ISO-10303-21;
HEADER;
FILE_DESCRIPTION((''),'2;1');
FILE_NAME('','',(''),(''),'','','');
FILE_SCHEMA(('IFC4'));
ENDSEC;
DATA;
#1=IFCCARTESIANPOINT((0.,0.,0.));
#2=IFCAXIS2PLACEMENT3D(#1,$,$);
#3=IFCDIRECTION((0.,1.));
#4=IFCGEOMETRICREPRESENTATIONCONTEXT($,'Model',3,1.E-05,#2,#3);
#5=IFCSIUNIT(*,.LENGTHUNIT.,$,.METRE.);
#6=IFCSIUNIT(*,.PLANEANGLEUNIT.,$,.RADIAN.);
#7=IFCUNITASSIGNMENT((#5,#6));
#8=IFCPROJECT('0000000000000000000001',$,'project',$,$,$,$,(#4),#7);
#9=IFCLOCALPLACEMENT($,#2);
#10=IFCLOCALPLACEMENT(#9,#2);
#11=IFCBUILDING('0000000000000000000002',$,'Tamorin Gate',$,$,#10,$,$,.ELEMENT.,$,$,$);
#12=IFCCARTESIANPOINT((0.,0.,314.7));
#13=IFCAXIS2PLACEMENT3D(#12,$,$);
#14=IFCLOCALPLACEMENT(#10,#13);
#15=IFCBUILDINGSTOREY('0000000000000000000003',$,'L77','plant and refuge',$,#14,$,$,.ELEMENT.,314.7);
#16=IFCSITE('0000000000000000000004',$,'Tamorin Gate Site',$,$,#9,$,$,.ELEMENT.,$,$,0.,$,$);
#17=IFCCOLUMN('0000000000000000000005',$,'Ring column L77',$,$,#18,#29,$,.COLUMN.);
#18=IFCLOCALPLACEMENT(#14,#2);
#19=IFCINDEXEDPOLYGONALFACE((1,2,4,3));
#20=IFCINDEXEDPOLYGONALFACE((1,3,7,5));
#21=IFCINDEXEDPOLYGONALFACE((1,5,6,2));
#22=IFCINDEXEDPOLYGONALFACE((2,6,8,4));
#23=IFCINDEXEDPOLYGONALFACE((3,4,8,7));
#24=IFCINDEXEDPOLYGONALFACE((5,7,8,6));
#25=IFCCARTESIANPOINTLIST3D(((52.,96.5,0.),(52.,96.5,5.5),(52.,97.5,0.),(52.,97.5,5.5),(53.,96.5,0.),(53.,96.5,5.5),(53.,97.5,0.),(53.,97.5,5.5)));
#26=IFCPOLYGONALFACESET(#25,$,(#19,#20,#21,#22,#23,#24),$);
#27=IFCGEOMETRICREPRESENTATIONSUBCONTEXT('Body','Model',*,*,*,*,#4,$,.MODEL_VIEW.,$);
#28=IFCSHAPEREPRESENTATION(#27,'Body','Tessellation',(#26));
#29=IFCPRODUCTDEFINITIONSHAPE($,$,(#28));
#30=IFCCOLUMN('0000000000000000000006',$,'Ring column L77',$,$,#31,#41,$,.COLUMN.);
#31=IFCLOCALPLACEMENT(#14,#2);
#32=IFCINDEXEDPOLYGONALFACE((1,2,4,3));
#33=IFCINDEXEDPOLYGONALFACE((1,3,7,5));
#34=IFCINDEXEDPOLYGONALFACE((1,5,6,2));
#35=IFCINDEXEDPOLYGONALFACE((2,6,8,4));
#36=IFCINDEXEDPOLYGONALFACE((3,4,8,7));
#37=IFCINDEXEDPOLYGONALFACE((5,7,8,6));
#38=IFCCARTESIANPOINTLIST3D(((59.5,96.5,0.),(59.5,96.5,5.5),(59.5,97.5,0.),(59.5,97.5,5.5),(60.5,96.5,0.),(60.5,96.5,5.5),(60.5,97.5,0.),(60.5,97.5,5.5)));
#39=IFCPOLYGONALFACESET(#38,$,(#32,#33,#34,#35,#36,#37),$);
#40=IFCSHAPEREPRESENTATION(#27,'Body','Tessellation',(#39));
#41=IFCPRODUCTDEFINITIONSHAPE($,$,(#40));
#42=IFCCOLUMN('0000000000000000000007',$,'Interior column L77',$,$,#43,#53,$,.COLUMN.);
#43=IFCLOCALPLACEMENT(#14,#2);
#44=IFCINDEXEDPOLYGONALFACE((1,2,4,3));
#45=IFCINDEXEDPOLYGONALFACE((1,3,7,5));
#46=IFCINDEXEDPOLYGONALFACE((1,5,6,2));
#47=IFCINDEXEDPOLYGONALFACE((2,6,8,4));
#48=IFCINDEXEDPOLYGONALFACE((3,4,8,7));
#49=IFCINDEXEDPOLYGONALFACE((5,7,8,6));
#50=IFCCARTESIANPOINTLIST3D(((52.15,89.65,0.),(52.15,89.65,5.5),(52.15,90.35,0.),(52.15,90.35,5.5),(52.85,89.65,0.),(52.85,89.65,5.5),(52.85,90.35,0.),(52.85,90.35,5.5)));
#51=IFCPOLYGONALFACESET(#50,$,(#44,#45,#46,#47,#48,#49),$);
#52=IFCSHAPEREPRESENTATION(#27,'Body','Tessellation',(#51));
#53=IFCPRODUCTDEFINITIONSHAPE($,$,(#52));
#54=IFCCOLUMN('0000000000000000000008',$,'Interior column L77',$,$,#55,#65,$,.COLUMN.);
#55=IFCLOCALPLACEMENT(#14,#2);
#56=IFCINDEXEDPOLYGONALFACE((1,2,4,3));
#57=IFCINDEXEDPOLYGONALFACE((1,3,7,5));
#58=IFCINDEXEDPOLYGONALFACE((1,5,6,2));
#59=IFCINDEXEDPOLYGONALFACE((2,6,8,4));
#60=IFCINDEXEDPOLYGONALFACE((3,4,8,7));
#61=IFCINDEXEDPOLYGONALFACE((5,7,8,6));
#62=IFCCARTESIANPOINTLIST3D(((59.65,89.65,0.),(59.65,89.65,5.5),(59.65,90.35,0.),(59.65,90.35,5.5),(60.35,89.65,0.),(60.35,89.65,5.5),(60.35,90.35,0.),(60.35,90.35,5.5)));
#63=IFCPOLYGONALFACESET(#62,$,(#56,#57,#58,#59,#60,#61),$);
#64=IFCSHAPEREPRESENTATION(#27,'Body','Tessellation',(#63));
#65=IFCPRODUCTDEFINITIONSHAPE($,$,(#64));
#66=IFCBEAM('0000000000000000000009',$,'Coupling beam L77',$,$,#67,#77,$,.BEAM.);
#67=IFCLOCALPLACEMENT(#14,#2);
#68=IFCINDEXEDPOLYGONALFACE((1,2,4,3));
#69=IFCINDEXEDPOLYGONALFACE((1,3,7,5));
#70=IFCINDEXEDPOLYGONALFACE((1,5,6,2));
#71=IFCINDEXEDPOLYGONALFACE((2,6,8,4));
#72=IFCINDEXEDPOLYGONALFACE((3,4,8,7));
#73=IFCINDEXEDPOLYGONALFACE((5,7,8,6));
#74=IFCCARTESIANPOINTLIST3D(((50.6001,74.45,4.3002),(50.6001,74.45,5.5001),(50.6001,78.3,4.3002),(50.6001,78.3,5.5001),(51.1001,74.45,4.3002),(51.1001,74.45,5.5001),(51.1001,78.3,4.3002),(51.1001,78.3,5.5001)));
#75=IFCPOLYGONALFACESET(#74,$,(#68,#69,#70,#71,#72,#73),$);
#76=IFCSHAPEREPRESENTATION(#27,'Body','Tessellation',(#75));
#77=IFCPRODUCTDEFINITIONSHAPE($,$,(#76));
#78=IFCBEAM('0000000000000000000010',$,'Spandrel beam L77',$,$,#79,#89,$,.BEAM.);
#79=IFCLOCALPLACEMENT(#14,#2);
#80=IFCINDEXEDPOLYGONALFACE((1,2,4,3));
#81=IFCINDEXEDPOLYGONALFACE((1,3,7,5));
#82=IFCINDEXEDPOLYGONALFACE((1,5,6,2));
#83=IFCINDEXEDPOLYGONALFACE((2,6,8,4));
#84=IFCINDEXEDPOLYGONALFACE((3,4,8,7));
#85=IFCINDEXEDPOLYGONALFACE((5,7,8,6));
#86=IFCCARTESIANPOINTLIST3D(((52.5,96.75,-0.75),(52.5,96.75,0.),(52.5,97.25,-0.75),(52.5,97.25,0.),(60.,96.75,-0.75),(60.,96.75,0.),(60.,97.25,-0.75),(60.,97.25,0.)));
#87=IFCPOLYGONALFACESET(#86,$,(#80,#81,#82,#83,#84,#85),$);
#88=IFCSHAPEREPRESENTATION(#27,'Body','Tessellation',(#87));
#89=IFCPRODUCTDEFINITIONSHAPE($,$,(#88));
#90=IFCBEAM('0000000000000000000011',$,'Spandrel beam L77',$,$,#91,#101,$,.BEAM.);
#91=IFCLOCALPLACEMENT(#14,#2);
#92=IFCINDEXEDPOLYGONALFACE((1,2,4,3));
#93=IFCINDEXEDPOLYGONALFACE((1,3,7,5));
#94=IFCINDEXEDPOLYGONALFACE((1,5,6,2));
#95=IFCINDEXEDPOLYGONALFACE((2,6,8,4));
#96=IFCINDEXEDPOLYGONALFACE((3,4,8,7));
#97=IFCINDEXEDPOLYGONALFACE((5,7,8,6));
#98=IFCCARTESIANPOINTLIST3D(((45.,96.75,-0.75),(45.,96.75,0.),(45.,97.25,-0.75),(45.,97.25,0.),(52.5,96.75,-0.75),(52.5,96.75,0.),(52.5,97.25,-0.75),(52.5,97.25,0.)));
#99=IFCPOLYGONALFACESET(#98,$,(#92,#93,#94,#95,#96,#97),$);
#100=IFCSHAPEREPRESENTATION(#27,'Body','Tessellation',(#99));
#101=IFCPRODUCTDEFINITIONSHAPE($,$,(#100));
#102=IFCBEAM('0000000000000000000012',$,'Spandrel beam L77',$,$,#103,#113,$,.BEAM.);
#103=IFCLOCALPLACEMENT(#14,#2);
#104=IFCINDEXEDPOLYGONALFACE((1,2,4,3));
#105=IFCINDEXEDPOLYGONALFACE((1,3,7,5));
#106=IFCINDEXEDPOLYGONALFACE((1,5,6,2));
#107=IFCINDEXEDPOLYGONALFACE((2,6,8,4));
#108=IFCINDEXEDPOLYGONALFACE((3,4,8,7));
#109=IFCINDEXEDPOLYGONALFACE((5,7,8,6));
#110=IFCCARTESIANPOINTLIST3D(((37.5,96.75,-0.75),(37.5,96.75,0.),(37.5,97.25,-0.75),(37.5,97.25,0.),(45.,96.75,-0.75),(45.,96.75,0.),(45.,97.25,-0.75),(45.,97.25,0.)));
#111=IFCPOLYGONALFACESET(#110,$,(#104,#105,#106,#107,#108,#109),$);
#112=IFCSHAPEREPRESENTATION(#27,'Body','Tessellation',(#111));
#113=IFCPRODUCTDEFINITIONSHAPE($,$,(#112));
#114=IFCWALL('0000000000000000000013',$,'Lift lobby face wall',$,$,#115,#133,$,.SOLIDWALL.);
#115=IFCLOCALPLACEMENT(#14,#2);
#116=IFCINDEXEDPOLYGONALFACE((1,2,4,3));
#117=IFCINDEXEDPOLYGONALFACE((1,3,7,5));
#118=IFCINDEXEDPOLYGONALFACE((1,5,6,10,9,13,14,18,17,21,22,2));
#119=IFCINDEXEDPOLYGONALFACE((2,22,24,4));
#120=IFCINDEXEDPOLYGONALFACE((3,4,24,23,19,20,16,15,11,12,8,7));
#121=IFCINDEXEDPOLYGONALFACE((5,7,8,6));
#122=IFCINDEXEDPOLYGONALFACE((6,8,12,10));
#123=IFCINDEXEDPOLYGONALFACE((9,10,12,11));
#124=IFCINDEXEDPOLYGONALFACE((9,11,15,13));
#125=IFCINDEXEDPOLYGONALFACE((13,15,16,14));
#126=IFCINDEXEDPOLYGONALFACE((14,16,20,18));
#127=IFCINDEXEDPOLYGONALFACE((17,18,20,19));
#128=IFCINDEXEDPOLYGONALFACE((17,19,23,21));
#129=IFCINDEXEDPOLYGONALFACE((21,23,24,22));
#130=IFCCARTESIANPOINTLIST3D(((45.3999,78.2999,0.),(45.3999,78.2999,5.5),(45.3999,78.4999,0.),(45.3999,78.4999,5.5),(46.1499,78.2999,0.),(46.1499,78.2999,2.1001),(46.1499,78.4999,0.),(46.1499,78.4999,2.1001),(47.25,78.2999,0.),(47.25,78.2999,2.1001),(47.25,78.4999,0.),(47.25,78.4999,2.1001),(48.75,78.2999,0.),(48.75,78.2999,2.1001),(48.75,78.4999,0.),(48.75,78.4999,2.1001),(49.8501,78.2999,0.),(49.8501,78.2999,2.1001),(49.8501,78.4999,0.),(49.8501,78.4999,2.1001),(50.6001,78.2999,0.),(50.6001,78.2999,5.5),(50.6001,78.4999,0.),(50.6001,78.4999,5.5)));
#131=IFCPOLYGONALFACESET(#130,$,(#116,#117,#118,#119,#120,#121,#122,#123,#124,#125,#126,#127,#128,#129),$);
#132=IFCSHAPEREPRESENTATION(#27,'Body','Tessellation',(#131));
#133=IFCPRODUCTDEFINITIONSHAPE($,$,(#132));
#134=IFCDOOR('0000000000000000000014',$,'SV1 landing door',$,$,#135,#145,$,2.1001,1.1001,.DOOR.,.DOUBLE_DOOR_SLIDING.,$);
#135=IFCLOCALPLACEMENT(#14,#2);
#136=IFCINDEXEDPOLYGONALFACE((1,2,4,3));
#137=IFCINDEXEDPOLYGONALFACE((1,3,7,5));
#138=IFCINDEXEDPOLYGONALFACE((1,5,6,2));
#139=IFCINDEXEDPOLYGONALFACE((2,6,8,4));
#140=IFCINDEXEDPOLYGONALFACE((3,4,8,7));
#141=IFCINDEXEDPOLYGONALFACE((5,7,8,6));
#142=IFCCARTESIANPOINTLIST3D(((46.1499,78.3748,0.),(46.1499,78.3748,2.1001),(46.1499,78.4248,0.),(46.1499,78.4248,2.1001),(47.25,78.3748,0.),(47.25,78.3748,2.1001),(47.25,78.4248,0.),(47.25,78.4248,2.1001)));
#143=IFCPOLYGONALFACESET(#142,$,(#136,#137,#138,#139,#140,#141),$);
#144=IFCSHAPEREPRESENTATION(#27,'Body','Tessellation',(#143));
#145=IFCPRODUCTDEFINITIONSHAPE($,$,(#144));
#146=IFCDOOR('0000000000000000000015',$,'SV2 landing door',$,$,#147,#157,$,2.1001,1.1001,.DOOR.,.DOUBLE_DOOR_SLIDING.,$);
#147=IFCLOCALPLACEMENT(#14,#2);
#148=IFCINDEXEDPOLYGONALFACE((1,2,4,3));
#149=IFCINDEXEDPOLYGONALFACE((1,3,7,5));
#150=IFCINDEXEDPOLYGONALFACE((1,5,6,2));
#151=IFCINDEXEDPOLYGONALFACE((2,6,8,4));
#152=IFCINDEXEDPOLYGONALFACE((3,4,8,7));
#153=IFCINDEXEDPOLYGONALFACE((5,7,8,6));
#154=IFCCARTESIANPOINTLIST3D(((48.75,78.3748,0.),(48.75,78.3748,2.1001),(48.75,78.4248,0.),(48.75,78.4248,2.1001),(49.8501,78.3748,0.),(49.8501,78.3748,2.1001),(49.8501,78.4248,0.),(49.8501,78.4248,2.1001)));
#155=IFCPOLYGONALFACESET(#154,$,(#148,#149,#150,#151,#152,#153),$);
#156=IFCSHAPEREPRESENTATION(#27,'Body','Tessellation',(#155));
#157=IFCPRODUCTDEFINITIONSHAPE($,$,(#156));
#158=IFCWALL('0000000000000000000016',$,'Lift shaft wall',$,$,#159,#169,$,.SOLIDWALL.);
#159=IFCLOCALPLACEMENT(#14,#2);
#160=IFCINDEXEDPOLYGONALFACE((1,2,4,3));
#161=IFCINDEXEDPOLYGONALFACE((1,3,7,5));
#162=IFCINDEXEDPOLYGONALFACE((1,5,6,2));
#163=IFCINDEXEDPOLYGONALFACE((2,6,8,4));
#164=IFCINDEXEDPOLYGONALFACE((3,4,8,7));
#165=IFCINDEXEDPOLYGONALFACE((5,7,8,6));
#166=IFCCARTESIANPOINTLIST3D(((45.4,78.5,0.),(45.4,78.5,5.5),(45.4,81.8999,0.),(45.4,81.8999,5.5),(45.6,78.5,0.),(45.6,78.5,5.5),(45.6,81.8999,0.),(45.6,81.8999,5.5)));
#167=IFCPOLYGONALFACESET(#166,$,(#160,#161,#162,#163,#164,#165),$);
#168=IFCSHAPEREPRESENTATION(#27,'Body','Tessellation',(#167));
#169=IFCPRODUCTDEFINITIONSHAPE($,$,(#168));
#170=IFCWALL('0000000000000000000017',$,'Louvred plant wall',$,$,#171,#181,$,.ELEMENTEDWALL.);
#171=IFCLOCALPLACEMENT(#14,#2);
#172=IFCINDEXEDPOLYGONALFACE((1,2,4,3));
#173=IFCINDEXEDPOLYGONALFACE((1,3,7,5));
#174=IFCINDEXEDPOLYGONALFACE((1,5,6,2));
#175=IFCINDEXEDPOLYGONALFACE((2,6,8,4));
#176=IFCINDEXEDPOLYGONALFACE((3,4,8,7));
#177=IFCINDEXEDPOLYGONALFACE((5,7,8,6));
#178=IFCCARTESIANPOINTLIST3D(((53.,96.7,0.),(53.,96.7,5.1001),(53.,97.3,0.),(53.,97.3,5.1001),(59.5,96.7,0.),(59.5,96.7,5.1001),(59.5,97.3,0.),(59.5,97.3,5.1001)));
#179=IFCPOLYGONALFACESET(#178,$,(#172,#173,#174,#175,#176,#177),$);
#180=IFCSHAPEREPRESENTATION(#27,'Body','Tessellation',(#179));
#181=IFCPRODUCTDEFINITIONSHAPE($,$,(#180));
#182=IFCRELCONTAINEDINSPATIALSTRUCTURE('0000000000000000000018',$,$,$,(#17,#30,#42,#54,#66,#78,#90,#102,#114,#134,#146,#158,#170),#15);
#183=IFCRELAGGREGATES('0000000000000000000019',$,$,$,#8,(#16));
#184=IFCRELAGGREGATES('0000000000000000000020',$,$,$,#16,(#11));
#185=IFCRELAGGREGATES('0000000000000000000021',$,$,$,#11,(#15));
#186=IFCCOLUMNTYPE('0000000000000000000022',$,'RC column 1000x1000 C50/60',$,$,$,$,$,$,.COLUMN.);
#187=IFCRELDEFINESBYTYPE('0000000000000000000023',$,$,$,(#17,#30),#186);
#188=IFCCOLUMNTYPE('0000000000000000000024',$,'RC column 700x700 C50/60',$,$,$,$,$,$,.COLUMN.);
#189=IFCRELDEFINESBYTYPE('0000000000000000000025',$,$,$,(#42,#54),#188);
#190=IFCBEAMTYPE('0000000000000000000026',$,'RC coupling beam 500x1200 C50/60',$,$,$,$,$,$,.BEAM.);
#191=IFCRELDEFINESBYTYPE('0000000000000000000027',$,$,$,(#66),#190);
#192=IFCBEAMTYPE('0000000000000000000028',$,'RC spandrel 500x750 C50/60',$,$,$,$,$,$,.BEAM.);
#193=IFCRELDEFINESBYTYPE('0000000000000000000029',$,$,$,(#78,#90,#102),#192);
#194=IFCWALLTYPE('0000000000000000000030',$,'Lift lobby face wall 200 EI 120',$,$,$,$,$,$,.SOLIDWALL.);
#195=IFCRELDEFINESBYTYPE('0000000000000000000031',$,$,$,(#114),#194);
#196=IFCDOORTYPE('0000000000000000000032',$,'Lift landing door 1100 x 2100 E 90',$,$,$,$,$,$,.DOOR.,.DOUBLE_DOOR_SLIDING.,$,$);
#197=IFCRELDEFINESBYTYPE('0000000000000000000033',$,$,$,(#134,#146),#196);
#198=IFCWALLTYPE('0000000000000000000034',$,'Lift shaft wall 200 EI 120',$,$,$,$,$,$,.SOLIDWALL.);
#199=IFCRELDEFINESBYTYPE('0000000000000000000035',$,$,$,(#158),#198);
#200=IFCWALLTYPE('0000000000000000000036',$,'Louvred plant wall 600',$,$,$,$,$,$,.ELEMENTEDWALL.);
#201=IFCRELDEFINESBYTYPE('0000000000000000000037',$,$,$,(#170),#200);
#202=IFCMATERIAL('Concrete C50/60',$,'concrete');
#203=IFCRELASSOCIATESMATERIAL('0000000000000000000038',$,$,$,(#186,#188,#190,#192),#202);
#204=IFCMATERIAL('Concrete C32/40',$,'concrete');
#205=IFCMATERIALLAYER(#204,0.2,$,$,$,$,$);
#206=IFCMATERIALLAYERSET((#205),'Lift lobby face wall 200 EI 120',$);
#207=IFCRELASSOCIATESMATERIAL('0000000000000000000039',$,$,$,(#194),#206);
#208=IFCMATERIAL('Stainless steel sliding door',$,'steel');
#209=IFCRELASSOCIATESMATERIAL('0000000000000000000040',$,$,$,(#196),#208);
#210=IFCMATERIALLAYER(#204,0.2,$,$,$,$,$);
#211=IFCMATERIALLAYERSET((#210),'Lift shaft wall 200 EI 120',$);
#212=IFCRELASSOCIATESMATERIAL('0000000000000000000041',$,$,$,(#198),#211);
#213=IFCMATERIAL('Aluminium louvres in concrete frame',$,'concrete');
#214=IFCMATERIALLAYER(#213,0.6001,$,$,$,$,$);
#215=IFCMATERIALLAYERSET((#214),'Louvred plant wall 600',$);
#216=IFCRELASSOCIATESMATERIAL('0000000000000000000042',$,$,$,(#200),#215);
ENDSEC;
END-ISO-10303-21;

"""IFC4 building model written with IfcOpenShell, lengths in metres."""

from ifc_helpers import new_model, si_unit, direction, frame, frame_2d, origin, origin_2d, place, context, subcontext, project, spatial, rectangle, extrude, material, layer, layer_set, material_profile, profile_set, type_object, element, fill, save


model = new_model("IFC4")

# Units and contexts
model_context = context("Model", 3, precision=1e-05, world=origin(), true_north=direction((0.0, 1.0)))
body_context = subcontext(model_context, "Body", "Model", "MODEL_VIEW")
ifc_project = project(units=[si_unit("LENGTHUNIT", "METRE"), si_unit("PLANEANGLEUNIT", "RADIAN")], contexts=[model_context])

# Site, building, storey
site_placement = place(None, origin())
site = spatial("IfcSite", under=ifc_project, at=site_placement, Name="Tamorin Gate Site", CompositionType="ELEMENT", RefElevation=0.0)
building_placement = place(site_placement, origin())
building = spatial("IfcBuilding", under=site, at=building_placement, Name="Tamorin Gate", CompositionType="ELEMENT")
storey_placement = place(building_placement, frame((0.0, 0.0, 314.7)))
storey = spatial("IfcBuildingStorey", under=building, at=storey_placement, Name="L77", Description="plant and refuge", CompositionType="ELEMENT", Elevation=314.7)

# Columns
ifc_material_1 = material(Name="Concrete C50/60", Category="concrete")
ifc_material_profile_1 = material_profile(ifc_material_1, rectangle(XDim=1.0, YDim=1.0, at=origin_2d()), Name="RC 1000x1000")
ifc_profile_set_1 = profile_set([ifc_material_profile_1], Name="Concrete C50/60")
column_type_1 = type_object("IfcColumnType", Name="RC column 1000x1000 C50/60", PredefinedType="COLUMN", material=ifc_profile_set_1)
for number, where, z_axis, x_axis, name in (
    (1, (52.5, 97.0, 0.0), (0.0, 0.0, 1.0), (1.0, 0.0, 0.0), "Ring column L77"),
    (2, (60.0, 97.0, 0.0), (0.0, 0.0, 1.0), (1.0, 0.0, 0.0), "Ring column L77"),
):
    element("IfcColumn", number, at=place(storey_placement, frame(where, z_axis=z_axis, x_axis=x_axis)), inside=storey, type_object=column_type_1, Name=name, PredefinedType="COLUMN", context=body_context, shape_type="SweptSolid", body=[
        extrude(rectangle(XDim=1.0, YDim=1.0, at=origin_2d()), origin(), (0.0, 0.0, 1.0), 5.5),
    ])
ifc_material_profile_2 = material_profile(ifc_material_1, rectangle(XDim=0.7, YDim=0.7, at=origin_2d()), Name="RC 700x700")
ifc_profile_set_2 = profile_set([ifc_material_profile_2], Name="Concrete C50/60")
column_type_2 = type_object("IfcColumnType", Name="RC column 700x700 C50/60", PredefinedType="COLUMN", material=ifc_profile_set_2)
for number, where, z_axis, x_axis, name in (
    (3, (52.5, 90.0, 0.0), (0.0, 0.0, 1.0), (1.0, 0.0, 0.0), "Interior column L77"),
    (4, (60.0, 90.0, 0.0), (0.0, 0.0, 1.0), (1.0, 0.0, 0.0), "Interior column L77"),
):
    element("IfcColumn", number, at=place(storey_placement, frame(where, z_axis=z_axis, x_axis=x_axis)), inside=storey, type_object=column_type_2, Name=name, PredefinedType="COLUMN", context=body_context, shape_type="SweptSolid", body=[
        extrude(rectangle(XDim=0.7, YDim=0.7, at=origin_2d()), origin(), (0.0, 0.0, 1.0), 5.5),
    ])

# Beams
ifc_material_profile_3 = material_profile(ifc_material_1, rectangle(XDim=0.5, YDim=1.2, at=origin_2d()), Name="RC 500x1200")
ifc_profile_set_3 = profile_set([ifc_material_profile_3], Name="Concrete C50/60")
beam_type_1 = type_object("IfcBeamType", Name="RC coupling beam 500x1200 C50/60", PredefinedType="BEAM", material=ifc_profile_set_3)
beam_placement = place(storey_placement, frame((50.8501, 74.45, 4.9001), z_axis=(0.0, 1.0, 0.0), x_axis=(-1.0, 0.0, 0.0)))
element("IfcBeam", 5, at=beam_placement, inside=storey, type_object=beam_type_1, Name="Coupling beam L77", PredefinedType="BEAM", context=body_context, shape_type="SweptSolid", body=[
    extrude(rectangle(XDim=0.5, YDim=1.2, at=origin_2d()), origin(), (0.0, 0.0, 1.0), 3.8501),
])
ifc_material_profile_4 = material_profile(ifc_material_1, rectangle(XDim=0.5, YDim=0.75, at=origin_2d()), Name="RC 500x750")
ifc_profile_set_4 = profile_set([ifc_material_profile_4], Name="Concrete C50/60")
beam_type_2 = type_object("IfcBeamType", Name="RC spandrel 500x750 C50/60", PredefinedType="BEAM", material=ifc_profile_set_4)
for number, where, z_axis, x_axis, name in (
    (6, (60.0, 97.0, -0.375), (-1.0, 0.0, 0.0), (0.0, -1.0, 0.0), "Spandrel beam L77"),
    (7, (52.5, 97.0, -0.375), (-1.0, 0.0, 0.0), (0.0, -1.0, 0.0), "Spandrel beam L77"),
    (8, (45.0, 97.0, -0.375), (-1.0, 0.0, 0.0), (0.0, -1.0, 0.0), "Spandrel beam L77"),
):
    element("IfcBeam", number, at=place(storey_placement, frame(where, z_axis=z_axis, x_axis=x_axis)), inside=storey, type_object=beam_type_2, Name=name, PredefinedType="BEAM", context=body_context, shape_type="SweptSolid", body=[
        extrude(rectangle(XDim=0.5, YDim=0.75, at=origin_2d()), origin(), (0.0, 0.0, 1.0), 7.5),
    ])

# Wall, openings, doors
ifc_material_2 = material(Name="Concrete C32/40", Category="concrete")
ifc_layer_1 = layer(ifc_material_2, 0.2)
ifc_layer_set_1 = layer_set([ifc_layer_1], Name="Lift lobby face wall 200 EI 120")
wall_type_1 = type_object("IfcWallType", Name="Lift lobby face wall 200 EI 120", PredefinedType="SOLIDWALL", material=ifc_layer_set_1)
wall_1_placement = place(storey_placement, frame((45.3999, 78.3999, 0.0), z_axis=(0.0, 0.0, 1.0), x_axis=(1.0, 0.0, 0.0)))
wall_1 = element("IfcWall", 9, at=wall_1_placement, inside=storey, type_object=wall_type_1, Name="Lift lobby face wall", PredefinedType="SOLIDWALL", context=body_context, shape_type="SweptSolid", body=[
    extrude(rectangle(XDim=5.2002, YDim=0.2, at=frame_2d((2.6001, 0.0))), origin(), (0.0, 0.0, 1.0), 5.5),
])
opening_1_placement = place(wall_1_placement, frame((0.75, 0.0, 0.0)))
opening_1 = element("IfcOpeningElement", 10, at=opening_1_placement, cuts=wall_1, PredefinedType="OPENING", context=body_context, shape_type="SweptSolid", body=[
    extrude(rectangle(XDim=1.1001, YDim=2.1001, at=frame_2d((0.55, 1.05))), frame((0.0, 0.1099, 0.0), z_axis=(0.0, -1.0, 0.0), x_axis=(1.0, 0.0, 0.0)), (0.0, 0.0, 1.0), 0.22),
])
opening_2_placement = place(wall_1_placement, frame((3.3501, 0.0, 0.0)))
opening_2 = element("IfcOpeningElement", 11, at=opening_2_placement, cuts=wall_1, PredefinedType="OPENING", context=body_context, shape_type="SweptSolid", body=[
    extrude(rectangle(XDim=1.1001, YDim=2.1001, at=frame_2d((0.55, 1.05))), frame((0.0, 0.1099, 0.0), z_axis=(0.0, -1.0, 0.0), x_axis=(1.0, 0.0, 0.0)), (0.0, 0.0, 1.0), 0.22),
])
ifc_material_3 = material(Name="Stainless steel sliding door", Category="steel")
door_type_1 = type_object("IfcDoorType", Name="Lift landing door 1100 x 2100 E 90", OperationType="DOUBLE_DOOR_SLIDING", PredefinedType="DOOR", material=ifc_material_3)
door_1_placement = place(opening_1_placement, origin())
door_1 = element("IfcDoor", 12, at=door_1_placement, inside=storey, type_object=door_type_1, Name="SV1 landing door", OperationType="DOUBLE_DOOR_SLIDING", OverallHeight=2.1001, OverallWidth=1.1001, PredefinedType="DOOR", context=body_context, shape_type="SweptSolid", body=[
    extrude(rectangle(XDim=1.1001, YDim=2.1001, at=frame_2d((0.55, 1.05))), frame((0.0, 0.0249, 0.0), z_axis=(0.0, -1.0, 0.0), x_axis=(1.0, 0.0, 0.0)), (0.0, 0.0, 1.0), 0.05),
])
fill(opening_1, door_1)
door_2_placement = place(opening_2_placement, origin())
door_2 = element("IfcDoor", 13, at=door_2_placement, inside=storey, type_object=door_type_1, Name="SV2 landing door", OperationType="DOUBLE_DOOR_SLIDING", OverallHeight=2.1001, OverallWidth=1.1001, PredefinedType="DOOR", context=body_context, shape_type="SweptSolid", body=[
    extrude(rectangle(XDim=1.1001, YDim=2.1001, at=frame_2d((0.55, 1.05))), frame((0.0, 0.0249, 0.0), z_axis=(0.0, -1.0, 0.0), x_axis=(1.0, 0.0, 0.0)), (0.0, 0.0, 1.0), 0.05),
])
fill(opening_2, door_2)

# Walls
ifc_layer_2 = layer(ifc_material_2, 0.2)
ifc_layer_set_2 = layer_set([ifc_layer_2], Name="Lift shaft wall 200 EI 120")
wall_type_2 = type_object("IfcWallType", Name="Lift shaft wall 200 EI 120", PredefinedType="SOLIDWALL", material=ifc_layer_set_2)
wall_2_placement = place(storey_placement, frame((45.5, 78.5, 0.0), z_axis=(0.0, 0.0, 1.0), x_axis=(0.0, 1.0, 0.0)))
element("IfcWall", 14, at=wall_2_placement, inside=storey, type_object=wall_type_2, Name="Lift shaft wall", PredefinedType="SOLIDWALL", context=body_context, shape_type="SweptSolid", body=[
    extrude(rectangle(XDim=3.3999, YDim=0.2, at=frame_2d((1.7, 0.0))), origin(), (0.0, 0.0, 1.0), 5.5),
])
ifc_material_4 = material(Name="Aluminium louvres in concrete frame", Category="concrete")
ifc_layer_3 = layer(ifc_material_4, 0.6001)
ifc_layer_set_3 = layer_set([ifc_layer_3], Name="Louvred plant wall 600")
wall_type_3 = type_object("IfcWallType", Name="Louvred plant wall 600", PredefinedType="ELEMENTEDWALL", material=ifc_layer_set_3)
for number, where, z_axis, x_axis, name in (
    (15, (59.5, 97.0, 0.0), (0.0, 0.0, 1.0), (-1.0, 0.0, 0.0), "Louvred plant wall"),
):
    element("IfcWall", number, at=place(storey_placement, frame(where, z_axis=z_axis, x_axis=x_axis)), inside=storey, type_object=wall_type_3, Name=name, PredefinedType="ELEMENTEDWALL", context=body_context, shape_type="SweptSolid", body=[
        extrude(rectangle(XDim=6.5, YDim=0.6001, at=frame_2d((3.25, 0.0))), origin(), (0.0, 0.0, 1.0), 5.1001),
    ])

save(model, "model.ifc")
